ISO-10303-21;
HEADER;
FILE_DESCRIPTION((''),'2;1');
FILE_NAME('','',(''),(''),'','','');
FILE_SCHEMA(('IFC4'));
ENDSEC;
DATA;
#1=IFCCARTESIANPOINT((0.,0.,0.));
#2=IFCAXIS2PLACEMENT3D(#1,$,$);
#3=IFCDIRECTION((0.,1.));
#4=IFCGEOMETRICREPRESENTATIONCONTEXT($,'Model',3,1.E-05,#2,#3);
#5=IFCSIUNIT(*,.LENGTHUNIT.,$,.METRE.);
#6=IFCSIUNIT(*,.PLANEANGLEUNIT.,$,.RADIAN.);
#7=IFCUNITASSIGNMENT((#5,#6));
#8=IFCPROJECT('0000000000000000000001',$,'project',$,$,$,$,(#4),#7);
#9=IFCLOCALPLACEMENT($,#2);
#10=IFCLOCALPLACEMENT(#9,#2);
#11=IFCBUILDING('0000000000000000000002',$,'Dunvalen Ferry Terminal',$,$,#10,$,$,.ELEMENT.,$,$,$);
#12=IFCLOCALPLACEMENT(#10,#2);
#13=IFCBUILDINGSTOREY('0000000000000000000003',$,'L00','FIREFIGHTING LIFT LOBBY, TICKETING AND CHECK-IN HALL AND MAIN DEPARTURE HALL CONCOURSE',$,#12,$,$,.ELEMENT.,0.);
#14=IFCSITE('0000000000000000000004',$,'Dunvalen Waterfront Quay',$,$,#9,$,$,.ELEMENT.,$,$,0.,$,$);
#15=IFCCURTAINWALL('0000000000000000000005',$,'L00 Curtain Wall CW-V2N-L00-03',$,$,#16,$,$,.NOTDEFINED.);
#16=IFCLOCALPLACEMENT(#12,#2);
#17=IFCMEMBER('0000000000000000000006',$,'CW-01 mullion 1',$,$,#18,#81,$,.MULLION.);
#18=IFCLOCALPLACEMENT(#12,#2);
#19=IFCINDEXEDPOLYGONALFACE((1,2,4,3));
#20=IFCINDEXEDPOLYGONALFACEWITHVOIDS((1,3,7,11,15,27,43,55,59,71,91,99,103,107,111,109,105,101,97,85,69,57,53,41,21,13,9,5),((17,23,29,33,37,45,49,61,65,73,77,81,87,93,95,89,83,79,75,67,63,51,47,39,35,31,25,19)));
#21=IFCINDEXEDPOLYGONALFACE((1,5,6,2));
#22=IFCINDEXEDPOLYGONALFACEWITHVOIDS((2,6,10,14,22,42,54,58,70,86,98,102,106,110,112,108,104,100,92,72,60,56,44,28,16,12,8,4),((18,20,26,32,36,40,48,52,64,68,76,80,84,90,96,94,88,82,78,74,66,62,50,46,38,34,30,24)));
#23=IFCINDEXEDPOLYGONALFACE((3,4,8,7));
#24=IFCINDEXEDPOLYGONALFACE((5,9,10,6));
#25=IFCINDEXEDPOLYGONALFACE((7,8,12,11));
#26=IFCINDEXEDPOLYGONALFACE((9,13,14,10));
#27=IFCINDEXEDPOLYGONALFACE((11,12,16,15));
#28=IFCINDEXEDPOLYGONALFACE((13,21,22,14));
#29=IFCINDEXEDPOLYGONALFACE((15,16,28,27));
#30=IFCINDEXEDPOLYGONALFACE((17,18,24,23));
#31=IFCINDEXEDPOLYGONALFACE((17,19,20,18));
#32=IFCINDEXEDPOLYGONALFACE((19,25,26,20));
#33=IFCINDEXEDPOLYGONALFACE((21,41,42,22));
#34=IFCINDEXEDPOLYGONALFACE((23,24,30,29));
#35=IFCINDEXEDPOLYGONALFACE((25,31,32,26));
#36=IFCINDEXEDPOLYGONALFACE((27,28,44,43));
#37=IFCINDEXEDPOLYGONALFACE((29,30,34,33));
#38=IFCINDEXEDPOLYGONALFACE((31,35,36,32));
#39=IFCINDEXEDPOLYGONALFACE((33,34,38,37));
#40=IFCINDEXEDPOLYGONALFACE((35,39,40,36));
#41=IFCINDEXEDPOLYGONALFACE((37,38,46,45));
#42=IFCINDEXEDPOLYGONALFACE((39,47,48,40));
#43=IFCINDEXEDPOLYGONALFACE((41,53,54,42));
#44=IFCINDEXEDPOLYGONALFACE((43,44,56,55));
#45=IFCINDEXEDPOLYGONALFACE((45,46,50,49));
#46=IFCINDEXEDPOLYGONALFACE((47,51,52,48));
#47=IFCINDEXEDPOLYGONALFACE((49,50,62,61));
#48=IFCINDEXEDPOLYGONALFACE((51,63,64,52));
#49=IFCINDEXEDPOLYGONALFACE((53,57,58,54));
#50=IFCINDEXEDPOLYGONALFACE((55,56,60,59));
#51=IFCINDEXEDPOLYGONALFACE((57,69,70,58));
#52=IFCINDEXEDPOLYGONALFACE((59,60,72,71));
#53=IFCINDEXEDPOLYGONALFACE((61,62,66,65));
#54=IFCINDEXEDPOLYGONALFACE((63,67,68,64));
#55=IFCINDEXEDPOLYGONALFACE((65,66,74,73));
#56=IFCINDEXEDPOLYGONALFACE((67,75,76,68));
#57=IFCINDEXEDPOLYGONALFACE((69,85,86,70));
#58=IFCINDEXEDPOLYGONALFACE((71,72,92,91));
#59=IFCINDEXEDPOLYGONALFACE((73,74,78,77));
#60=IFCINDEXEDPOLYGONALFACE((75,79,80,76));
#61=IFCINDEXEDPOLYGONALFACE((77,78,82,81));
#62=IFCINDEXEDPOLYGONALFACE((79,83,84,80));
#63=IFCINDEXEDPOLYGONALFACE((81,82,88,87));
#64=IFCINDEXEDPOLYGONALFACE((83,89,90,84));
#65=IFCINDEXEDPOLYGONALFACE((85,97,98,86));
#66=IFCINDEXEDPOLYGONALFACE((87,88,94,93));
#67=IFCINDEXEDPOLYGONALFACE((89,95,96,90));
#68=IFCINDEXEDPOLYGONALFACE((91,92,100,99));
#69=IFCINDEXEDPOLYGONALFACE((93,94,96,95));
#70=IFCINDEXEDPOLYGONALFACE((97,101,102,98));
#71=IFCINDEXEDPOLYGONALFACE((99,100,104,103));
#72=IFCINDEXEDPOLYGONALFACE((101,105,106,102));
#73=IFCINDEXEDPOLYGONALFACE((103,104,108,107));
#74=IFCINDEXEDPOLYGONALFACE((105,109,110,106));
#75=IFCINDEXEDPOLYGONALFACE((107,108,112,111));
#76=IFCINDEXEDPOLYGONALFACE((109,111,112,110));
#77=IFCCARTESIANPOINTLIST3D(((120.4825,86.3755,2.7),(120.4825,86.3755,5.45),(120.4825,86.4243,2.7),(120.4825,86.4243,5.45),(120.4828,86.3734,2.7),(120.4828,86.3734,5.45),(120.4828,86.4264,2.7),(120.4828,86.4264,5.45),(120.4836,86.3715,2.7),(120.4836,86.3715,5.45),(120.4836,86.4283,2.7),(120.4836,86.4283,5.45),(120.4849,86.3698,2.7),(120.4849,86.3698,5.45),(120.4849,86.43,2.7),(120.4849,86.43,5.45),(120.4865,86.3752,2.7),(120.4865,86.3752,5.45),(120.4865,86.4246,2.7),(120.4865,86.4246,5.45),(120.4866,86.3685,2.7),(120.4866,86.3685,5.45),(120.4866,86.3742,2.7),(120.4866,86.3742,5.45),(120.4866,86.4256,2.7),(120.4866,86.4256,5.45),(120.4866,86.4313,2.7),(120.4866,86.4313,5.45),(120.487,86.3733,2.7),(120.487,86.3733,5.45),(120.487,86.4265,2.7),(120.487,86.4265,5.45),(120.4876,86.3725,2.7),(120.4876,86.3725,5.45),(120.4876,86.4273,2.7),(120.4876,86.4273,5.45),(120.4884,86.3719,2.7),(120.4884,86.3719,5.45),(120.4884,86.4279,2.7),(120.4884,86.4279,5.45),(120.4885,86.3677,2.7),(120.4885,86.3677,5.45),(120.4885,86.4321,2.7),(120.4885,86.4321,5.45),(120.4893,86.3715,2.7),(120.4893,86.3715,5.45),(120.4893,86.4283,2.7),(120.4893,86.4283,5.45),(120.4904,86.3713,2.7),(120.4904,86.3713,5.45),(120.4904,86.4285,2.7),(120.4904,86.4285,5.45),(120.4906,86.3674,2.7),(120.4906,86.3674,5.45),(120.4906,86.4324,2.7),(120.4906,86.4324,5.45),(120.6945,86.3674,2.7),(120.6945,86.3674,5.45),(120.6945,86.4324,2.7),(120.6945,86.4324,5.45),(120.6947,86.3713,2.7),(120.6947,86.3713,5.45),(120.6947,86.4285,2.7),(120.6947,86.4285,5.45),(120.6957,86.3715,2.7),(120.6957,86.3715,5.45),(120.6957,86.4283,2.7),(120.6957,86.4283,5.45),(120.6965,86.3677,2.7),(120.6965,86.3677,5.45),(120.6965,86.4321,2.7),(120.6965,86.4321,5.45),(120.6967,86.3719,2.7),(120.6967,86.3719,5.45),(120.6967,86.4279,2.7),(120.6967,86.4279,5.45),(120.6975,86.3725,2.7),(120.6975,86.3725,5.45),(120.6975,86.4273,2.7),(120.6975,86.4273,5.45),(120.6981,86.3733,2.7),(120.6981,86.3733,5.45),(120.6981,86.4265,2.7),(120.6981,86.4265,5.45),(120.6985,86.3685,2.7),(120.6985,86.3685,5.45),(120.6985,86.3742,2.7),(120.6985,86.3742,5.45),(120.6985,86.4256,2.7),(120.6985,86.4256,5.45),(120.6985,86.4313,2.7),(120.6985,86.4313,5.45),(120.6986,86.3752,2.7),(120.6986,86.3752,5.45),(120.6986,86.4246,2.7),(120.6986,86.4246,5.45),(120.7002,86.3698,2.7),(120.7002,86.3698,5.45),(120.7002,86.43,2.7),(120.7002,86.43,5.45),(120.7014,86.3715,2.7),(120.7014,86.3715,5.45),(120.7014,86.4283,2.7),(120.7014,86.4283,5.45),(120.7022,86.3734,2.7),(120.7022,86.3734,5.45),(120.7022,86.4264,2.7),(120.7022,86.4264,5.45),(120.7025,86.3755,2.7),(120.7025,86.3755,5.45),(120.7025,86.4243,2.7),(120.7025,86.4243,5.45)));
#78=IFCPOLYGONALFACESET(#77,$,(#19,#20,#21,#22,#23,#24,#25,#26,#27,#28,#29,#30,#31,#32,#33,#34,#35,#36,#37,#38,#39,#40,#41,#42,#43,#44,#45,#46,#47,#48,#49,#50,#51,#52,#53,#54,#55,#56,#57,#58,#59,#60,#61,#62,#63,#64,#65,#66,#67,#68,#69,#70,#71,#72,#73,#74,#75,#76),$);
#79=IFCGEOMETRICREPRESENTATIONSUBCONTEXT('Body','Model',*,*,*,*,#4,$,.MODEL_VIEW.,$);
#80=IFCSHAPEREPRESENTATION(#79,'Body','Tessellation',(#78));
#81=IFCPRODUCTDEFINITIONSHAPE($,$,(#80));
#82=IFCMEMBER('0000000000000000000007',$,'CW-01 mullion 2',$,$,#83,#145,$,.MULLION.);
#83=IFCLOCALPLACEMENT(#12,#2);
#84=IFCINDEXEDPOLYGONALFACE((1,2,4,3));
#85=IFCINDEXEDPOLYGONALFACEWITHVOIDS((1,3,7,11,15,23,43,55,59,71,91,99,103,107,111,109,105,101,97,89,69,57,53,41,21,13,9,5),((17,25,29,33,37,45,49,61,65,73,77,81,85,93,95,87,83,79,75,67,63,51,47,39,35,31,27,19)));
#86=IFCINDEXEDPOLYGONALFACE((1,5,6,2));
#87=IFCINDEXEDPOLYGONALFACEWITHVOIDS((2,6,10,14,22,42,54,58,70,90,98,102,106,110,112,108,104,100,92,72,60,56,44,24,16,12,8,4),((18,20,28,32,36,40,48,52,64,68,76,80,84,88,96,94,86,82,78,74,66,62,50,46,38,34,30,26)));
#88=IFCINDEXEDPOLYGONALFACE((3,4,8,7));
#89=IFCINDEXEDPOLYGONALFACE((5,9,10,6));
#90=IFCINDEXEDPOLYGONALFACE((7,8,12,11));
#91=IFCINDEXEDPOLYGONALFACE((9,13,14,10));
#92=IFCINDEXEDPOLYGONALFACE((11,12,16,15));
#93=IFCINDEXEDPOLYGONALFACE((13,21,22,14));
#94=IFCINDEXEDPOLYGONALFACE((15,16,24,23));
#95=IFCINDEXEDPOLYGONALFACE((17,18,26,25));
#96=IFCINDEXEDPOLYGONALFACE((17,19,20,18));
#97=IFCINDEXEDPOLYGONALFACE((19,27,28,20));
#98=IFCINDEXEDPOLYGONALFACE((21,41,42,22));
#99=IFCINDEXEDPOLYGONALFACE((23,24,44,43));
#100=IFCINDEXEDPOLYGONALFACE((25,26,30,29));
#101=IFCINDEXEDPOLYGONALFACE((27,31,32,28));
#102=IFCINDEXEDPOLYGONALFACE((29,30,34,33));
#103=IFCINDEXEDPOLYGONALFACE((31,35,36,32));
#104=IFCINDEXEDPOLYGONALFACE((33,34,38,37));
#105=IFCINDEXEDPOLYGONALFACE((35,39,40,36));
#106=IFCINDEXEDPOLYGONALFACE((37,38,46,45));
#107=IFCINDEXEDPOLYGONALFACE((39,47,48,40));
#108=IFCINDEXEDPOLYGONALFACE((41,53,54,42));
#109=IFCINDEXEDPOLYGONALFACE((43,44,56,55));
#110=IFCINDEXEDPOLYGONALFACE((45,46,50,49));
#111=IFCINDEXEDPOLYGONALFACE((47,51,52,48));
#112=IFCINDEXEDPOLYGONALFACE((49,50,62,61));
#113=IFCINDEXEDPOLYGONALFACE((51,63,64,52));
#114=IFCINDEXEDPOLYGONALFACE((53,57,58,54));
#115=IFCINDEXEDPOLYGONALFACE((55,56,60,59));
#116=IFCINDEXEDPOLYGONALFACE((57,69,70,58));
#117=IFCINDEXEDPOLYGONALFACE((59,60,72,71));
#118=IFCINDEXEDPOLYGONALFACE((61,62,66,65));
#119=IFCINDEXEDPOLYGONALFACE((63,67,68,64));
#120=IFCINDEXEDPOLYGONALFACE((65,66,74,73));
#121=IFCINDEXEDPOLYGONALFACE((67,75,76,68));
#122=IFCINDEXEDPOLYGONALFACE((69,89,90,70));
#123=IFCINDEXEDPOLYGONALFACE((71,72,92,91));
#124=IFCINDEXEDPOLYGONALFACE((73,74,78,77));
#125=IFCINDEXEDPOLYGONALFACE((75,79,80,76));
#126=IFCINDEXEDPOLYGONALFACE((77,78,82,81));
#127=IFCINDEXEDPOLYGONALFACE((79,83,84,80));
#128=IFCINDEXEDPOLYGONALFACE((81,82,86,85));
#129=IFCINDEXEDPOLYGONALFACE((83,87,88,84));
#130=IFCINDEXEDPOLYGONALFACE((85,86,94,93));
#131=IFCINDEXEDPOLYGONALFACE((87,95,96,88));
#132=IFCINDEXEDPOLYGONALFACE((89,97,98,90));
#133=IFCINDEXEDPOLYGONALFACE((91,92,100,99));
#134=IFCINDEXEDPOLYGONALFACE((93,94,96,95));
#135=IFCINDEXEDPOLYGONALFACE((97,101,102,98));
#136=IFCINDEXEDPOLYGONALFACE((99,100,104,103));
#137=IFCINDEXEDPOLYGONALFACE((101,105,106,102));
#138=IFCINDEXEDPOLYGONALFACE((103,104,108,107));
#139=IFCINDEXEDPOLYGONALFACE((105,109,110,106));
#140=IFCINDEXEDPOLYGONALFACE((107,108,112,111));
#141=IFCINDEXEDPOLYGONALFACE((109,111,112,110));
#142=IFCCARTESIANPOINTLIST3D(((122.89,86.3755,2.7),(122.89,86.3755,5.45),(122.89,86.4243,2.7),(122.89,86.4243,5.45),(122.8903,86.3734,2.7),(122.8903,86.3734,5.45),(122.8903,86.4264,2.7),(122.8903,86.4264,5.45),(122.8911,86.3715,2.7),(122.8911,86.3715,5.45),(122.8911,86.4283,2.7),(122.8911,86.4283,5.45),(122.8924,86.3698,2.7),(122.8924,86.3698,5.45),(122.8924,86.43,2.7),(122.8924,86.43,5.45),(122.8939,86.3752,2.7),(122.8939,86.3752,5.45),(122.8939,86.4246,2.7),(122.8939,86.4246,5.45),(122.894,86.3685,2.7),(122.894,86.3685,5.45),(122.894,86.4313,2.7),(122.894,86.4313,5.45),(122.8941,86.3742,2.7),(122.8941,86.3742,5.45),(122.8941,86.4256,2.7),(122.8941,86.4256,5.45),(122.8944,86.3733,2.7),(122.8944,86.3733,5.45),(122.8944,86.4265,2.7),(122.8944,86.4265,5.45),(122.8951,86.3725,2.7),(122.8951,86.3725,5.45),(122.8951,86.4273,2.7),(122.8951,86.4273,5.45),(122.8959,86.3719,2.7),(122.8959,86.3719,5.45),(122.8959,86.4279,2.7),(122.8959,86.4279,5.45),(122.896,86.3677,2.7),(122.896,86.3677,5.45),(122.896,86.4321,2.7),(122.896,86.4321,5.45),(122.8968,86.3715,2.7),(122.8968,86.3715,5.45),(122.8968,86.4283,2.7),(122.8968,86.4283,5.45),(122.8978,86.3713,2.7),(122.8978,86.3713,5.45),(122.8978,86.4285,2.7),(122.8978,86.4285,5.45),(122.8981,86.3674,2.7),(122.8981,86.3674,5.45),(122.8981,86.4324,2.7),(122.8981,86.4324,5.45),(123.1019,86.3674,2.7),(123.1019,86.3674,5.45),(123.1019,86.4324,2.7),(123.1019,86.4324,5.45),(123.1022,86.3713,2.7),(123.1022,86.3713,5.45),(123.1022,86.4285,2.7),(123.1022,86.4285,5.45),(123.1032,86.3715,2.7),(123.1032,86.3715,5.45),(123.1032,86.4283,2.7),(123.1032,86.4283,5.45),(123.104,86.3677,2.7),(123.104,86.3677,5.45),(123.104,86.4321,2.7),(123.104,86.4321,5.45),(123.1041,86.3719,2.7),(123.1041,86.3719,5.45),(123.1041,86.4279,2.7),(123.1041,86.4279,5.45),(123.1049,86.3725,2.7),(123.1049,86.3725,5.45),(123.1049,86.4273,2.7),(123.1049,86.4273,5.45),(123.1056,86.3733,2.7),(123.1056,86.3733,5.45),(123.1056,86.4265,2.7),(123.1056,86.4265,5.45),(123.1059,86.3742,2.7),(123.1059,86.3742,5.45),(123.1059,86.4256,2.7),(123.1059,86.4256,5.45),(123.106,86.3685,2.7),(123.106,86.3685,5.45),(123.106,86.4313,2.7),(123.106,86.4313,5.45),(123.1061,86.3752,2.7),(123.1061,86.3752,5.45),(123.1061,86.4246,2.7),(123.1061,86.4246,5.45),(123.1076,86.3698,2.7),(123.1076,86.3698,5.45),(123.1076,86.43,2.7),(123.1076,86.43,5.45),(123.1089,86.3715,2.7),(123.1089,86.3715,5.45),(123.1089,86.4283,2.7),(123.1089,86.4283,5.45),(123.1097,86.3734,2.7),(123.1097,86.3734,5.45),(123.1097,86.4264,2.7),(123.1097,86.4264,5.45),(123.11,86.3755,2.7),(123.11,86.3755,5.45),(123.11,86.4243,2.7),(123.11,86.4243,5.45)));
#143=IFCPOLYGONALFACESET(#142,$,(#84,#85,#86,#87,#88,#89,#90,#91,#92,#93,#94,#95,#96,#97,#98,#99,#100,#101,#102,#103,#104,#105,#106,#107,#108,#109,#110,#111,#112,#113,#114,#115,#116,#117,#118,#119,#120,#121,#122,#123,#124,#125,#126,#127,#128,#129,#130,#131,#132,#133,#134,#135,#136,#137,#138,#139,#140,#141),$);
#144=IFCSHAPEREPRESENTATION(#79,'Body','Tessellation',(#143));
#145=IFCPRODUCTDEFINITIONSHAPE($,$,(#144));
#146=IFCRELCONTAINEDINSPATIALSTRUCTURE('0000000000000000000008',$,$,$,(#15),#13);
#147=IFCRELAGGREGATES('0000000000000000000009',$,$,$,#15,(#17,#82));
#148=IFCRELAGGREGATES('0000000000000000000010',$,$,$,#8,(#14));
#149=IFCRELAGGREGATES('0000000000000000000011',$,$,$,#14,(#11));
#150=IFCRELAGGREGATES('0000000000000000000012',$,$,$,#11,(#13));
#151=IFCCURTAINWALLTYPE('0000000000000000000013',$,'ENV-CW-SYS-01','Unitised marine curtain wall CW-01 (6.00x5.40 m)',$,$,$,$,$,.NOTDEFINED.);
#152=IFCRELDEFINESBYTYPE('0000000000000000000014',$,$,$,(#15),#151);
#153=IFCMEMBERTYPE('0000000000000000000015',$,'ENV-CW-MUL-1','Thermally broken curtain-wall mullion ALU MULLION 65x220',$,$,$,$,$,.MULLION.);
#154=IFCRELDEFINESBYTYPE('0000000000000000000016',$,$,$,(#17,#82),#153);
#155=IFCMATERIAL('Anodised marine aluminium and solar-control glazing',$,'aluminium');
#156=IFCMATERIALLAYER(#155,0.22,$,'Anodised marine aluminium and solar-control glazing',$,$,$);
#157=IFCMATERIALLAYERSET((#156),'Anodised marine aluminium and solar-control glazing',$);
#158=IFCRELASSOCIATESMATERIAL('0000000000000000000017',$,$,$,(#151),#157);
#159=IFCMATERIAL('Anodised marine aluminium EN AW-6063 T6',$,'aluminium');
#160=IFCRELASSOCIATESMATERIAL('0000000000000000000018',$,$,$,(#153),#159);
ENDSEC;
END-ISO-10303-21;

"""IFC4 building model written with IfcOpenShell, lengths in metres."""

from ifc_helpers import new_model, si_unit, direction, frame, origin, origin_2d, place, context, subcontext, project, spatial, hollow_rectangle, extrude, material, layer, layer_set, material_profile, profile_set, type_object, element, aggregate, save


model = new_model("IFC4")

# Units and contexts
model_context = context("Model", 3, precision=1e-05, world=origin(), true_north=direction((0.0, 1.0)))
body_context = subcontext(model_context, "Body", "Model", "MODEL_VIEW")
ifc_project = project(units=[si_unit("LENGTHUNIT", "METRE"), si_unit("PLANEANGLEUNIT", "RADIAN")], contexts=[model_context])

# Site, building, storey
site_placement = place(None, origin())
site = spatial("IfcSite", under=ifc_project, at=site_placement, Name="Dunvalen Waterfront Quay", CompositionType="ELEMENT", RefElevation=0.0)
building_placement = place(site_placement, origin())
building = spatial("IfcBuilding", under=site, at=building_placement, Name="Dunvalen Ferry Terminal", CompositionType="ELEMENT")
storey_placement = place(building_placement, origin())
storey = spatial("IfcBuildingStorey", under=building, at=storey_placement, Name="L00", Description="FIREFIGHTING LIFT LOBBY, TICKETING AND CHECK-IN HALL AND MAIN DEPARTURE HALL CONCOURSE", CompositionType="ELEMENT", Elevation=0.0)

# Curtain wall, members
ifc_material_1 = material(Name="Anodised marine aluminium and solar-control glazing", Category="aluminium")
ifc_layer_1 = layer(ifc_material_1, 0.22, Name="Anodised marine aluminium and solar-control glazing")
ifc_layer_set_1 = layer_set([ifc_layer_1], Name="Anodised marine aluminium and solar-control glazing")
curtain_wall_type = type_object("IfcCurtainWallType", Name="ENV-CW-SYS-01", Description="Unitised marine curtain wall CW-01 (6.00x5.40 m)", PredefinedType="NOTDEFINED", material=ifc_layer_set_1)
ifc_material_2 = material(Name="Anodised marine aluminium EN AW-6063 T6", Category="aluminium")
ifc_material_profile_1 = material_profile(ifc_material_2, hollow_rectangle(XDim=0.0649, YDim=0.22, WallThickness=0.0039, InnerFilletRadius=0.0039, OuterFilletRadius=0.0081, at=origin_2d()), Name="Anodised marine aluminium EN AW-6063 T6")
ifc_profile_set_1 = profile_set([ifc_material_profile_1], Name="Anodised marine aluminium EN AW-6063 T6")
member_type_1 = type_object("IfcMemberType", Name="ENV-CW-MUL-1", Description="Thermally broken curtain-wall mullion ALU MULLION 65x220", PredefinedType="MULLION", material=ifc_profile_set_1)
curtain_wall_1_placement = place(storey_placement, origin())
curtain_wall_1 = element("IfcCurtainWall", 1, at=curtain_wall_1_placement, inside=storey, type_object=curtain_wall_type, Name="L00 Curtain Wall CW-V2N-L00-03", PredefinedType="NOTDEFINED")
member_1_placement = place(storey_placement, frame((120.5925, 86.3999, 2.7), z_axis=(0.0, 0.0, 1.0), x_axis=(0.0, 1.0, 0.0)))
member_1 = element("IfcMember", 2, at=member_1_placement, type_object=member_type_1, Name="CW-01 mullion 1", PredefinedType="MULLION", context=body_context, shape_type="SweptSolid", body=[
    extrude(hollow_rectangle(XDim=0.0649, YDim=0.22, WallThickness=0.0039, InnerFilletRadius=0.0039, OuterFilletRadius=0.0081, at=origin_2d()), origin(), (0.0, 0.0, 1.0), 2.75),
])
member_2_placement = place(storey_placement, frame((123.0, 86.3999, 2.7), z_axis=(0.0, 0.0, 1.0), x_axis=(0.0, 1.0, 0.0)))
member_2 = element("IfcMember", 3, at=member_2_placement, type_object=member_type_1, Name="CW-01 mullion 2", PredefinedType="MULLION", context=body_context, shape_type="SweptSolid", body=[
    extrude(hollow_rectangle(XDim=0.0649, YDim=0.22, WallThickness=0.0039, InnerFilletRadius=0.0039, OuterFilletRadius=0.0081, at=origin_2d()), origin(), (0.0, 0.0, 1.0), 2.75),
])

aggregate(curtain_wall_1, [member_1, member_2])

save(model, "model.ifc")
